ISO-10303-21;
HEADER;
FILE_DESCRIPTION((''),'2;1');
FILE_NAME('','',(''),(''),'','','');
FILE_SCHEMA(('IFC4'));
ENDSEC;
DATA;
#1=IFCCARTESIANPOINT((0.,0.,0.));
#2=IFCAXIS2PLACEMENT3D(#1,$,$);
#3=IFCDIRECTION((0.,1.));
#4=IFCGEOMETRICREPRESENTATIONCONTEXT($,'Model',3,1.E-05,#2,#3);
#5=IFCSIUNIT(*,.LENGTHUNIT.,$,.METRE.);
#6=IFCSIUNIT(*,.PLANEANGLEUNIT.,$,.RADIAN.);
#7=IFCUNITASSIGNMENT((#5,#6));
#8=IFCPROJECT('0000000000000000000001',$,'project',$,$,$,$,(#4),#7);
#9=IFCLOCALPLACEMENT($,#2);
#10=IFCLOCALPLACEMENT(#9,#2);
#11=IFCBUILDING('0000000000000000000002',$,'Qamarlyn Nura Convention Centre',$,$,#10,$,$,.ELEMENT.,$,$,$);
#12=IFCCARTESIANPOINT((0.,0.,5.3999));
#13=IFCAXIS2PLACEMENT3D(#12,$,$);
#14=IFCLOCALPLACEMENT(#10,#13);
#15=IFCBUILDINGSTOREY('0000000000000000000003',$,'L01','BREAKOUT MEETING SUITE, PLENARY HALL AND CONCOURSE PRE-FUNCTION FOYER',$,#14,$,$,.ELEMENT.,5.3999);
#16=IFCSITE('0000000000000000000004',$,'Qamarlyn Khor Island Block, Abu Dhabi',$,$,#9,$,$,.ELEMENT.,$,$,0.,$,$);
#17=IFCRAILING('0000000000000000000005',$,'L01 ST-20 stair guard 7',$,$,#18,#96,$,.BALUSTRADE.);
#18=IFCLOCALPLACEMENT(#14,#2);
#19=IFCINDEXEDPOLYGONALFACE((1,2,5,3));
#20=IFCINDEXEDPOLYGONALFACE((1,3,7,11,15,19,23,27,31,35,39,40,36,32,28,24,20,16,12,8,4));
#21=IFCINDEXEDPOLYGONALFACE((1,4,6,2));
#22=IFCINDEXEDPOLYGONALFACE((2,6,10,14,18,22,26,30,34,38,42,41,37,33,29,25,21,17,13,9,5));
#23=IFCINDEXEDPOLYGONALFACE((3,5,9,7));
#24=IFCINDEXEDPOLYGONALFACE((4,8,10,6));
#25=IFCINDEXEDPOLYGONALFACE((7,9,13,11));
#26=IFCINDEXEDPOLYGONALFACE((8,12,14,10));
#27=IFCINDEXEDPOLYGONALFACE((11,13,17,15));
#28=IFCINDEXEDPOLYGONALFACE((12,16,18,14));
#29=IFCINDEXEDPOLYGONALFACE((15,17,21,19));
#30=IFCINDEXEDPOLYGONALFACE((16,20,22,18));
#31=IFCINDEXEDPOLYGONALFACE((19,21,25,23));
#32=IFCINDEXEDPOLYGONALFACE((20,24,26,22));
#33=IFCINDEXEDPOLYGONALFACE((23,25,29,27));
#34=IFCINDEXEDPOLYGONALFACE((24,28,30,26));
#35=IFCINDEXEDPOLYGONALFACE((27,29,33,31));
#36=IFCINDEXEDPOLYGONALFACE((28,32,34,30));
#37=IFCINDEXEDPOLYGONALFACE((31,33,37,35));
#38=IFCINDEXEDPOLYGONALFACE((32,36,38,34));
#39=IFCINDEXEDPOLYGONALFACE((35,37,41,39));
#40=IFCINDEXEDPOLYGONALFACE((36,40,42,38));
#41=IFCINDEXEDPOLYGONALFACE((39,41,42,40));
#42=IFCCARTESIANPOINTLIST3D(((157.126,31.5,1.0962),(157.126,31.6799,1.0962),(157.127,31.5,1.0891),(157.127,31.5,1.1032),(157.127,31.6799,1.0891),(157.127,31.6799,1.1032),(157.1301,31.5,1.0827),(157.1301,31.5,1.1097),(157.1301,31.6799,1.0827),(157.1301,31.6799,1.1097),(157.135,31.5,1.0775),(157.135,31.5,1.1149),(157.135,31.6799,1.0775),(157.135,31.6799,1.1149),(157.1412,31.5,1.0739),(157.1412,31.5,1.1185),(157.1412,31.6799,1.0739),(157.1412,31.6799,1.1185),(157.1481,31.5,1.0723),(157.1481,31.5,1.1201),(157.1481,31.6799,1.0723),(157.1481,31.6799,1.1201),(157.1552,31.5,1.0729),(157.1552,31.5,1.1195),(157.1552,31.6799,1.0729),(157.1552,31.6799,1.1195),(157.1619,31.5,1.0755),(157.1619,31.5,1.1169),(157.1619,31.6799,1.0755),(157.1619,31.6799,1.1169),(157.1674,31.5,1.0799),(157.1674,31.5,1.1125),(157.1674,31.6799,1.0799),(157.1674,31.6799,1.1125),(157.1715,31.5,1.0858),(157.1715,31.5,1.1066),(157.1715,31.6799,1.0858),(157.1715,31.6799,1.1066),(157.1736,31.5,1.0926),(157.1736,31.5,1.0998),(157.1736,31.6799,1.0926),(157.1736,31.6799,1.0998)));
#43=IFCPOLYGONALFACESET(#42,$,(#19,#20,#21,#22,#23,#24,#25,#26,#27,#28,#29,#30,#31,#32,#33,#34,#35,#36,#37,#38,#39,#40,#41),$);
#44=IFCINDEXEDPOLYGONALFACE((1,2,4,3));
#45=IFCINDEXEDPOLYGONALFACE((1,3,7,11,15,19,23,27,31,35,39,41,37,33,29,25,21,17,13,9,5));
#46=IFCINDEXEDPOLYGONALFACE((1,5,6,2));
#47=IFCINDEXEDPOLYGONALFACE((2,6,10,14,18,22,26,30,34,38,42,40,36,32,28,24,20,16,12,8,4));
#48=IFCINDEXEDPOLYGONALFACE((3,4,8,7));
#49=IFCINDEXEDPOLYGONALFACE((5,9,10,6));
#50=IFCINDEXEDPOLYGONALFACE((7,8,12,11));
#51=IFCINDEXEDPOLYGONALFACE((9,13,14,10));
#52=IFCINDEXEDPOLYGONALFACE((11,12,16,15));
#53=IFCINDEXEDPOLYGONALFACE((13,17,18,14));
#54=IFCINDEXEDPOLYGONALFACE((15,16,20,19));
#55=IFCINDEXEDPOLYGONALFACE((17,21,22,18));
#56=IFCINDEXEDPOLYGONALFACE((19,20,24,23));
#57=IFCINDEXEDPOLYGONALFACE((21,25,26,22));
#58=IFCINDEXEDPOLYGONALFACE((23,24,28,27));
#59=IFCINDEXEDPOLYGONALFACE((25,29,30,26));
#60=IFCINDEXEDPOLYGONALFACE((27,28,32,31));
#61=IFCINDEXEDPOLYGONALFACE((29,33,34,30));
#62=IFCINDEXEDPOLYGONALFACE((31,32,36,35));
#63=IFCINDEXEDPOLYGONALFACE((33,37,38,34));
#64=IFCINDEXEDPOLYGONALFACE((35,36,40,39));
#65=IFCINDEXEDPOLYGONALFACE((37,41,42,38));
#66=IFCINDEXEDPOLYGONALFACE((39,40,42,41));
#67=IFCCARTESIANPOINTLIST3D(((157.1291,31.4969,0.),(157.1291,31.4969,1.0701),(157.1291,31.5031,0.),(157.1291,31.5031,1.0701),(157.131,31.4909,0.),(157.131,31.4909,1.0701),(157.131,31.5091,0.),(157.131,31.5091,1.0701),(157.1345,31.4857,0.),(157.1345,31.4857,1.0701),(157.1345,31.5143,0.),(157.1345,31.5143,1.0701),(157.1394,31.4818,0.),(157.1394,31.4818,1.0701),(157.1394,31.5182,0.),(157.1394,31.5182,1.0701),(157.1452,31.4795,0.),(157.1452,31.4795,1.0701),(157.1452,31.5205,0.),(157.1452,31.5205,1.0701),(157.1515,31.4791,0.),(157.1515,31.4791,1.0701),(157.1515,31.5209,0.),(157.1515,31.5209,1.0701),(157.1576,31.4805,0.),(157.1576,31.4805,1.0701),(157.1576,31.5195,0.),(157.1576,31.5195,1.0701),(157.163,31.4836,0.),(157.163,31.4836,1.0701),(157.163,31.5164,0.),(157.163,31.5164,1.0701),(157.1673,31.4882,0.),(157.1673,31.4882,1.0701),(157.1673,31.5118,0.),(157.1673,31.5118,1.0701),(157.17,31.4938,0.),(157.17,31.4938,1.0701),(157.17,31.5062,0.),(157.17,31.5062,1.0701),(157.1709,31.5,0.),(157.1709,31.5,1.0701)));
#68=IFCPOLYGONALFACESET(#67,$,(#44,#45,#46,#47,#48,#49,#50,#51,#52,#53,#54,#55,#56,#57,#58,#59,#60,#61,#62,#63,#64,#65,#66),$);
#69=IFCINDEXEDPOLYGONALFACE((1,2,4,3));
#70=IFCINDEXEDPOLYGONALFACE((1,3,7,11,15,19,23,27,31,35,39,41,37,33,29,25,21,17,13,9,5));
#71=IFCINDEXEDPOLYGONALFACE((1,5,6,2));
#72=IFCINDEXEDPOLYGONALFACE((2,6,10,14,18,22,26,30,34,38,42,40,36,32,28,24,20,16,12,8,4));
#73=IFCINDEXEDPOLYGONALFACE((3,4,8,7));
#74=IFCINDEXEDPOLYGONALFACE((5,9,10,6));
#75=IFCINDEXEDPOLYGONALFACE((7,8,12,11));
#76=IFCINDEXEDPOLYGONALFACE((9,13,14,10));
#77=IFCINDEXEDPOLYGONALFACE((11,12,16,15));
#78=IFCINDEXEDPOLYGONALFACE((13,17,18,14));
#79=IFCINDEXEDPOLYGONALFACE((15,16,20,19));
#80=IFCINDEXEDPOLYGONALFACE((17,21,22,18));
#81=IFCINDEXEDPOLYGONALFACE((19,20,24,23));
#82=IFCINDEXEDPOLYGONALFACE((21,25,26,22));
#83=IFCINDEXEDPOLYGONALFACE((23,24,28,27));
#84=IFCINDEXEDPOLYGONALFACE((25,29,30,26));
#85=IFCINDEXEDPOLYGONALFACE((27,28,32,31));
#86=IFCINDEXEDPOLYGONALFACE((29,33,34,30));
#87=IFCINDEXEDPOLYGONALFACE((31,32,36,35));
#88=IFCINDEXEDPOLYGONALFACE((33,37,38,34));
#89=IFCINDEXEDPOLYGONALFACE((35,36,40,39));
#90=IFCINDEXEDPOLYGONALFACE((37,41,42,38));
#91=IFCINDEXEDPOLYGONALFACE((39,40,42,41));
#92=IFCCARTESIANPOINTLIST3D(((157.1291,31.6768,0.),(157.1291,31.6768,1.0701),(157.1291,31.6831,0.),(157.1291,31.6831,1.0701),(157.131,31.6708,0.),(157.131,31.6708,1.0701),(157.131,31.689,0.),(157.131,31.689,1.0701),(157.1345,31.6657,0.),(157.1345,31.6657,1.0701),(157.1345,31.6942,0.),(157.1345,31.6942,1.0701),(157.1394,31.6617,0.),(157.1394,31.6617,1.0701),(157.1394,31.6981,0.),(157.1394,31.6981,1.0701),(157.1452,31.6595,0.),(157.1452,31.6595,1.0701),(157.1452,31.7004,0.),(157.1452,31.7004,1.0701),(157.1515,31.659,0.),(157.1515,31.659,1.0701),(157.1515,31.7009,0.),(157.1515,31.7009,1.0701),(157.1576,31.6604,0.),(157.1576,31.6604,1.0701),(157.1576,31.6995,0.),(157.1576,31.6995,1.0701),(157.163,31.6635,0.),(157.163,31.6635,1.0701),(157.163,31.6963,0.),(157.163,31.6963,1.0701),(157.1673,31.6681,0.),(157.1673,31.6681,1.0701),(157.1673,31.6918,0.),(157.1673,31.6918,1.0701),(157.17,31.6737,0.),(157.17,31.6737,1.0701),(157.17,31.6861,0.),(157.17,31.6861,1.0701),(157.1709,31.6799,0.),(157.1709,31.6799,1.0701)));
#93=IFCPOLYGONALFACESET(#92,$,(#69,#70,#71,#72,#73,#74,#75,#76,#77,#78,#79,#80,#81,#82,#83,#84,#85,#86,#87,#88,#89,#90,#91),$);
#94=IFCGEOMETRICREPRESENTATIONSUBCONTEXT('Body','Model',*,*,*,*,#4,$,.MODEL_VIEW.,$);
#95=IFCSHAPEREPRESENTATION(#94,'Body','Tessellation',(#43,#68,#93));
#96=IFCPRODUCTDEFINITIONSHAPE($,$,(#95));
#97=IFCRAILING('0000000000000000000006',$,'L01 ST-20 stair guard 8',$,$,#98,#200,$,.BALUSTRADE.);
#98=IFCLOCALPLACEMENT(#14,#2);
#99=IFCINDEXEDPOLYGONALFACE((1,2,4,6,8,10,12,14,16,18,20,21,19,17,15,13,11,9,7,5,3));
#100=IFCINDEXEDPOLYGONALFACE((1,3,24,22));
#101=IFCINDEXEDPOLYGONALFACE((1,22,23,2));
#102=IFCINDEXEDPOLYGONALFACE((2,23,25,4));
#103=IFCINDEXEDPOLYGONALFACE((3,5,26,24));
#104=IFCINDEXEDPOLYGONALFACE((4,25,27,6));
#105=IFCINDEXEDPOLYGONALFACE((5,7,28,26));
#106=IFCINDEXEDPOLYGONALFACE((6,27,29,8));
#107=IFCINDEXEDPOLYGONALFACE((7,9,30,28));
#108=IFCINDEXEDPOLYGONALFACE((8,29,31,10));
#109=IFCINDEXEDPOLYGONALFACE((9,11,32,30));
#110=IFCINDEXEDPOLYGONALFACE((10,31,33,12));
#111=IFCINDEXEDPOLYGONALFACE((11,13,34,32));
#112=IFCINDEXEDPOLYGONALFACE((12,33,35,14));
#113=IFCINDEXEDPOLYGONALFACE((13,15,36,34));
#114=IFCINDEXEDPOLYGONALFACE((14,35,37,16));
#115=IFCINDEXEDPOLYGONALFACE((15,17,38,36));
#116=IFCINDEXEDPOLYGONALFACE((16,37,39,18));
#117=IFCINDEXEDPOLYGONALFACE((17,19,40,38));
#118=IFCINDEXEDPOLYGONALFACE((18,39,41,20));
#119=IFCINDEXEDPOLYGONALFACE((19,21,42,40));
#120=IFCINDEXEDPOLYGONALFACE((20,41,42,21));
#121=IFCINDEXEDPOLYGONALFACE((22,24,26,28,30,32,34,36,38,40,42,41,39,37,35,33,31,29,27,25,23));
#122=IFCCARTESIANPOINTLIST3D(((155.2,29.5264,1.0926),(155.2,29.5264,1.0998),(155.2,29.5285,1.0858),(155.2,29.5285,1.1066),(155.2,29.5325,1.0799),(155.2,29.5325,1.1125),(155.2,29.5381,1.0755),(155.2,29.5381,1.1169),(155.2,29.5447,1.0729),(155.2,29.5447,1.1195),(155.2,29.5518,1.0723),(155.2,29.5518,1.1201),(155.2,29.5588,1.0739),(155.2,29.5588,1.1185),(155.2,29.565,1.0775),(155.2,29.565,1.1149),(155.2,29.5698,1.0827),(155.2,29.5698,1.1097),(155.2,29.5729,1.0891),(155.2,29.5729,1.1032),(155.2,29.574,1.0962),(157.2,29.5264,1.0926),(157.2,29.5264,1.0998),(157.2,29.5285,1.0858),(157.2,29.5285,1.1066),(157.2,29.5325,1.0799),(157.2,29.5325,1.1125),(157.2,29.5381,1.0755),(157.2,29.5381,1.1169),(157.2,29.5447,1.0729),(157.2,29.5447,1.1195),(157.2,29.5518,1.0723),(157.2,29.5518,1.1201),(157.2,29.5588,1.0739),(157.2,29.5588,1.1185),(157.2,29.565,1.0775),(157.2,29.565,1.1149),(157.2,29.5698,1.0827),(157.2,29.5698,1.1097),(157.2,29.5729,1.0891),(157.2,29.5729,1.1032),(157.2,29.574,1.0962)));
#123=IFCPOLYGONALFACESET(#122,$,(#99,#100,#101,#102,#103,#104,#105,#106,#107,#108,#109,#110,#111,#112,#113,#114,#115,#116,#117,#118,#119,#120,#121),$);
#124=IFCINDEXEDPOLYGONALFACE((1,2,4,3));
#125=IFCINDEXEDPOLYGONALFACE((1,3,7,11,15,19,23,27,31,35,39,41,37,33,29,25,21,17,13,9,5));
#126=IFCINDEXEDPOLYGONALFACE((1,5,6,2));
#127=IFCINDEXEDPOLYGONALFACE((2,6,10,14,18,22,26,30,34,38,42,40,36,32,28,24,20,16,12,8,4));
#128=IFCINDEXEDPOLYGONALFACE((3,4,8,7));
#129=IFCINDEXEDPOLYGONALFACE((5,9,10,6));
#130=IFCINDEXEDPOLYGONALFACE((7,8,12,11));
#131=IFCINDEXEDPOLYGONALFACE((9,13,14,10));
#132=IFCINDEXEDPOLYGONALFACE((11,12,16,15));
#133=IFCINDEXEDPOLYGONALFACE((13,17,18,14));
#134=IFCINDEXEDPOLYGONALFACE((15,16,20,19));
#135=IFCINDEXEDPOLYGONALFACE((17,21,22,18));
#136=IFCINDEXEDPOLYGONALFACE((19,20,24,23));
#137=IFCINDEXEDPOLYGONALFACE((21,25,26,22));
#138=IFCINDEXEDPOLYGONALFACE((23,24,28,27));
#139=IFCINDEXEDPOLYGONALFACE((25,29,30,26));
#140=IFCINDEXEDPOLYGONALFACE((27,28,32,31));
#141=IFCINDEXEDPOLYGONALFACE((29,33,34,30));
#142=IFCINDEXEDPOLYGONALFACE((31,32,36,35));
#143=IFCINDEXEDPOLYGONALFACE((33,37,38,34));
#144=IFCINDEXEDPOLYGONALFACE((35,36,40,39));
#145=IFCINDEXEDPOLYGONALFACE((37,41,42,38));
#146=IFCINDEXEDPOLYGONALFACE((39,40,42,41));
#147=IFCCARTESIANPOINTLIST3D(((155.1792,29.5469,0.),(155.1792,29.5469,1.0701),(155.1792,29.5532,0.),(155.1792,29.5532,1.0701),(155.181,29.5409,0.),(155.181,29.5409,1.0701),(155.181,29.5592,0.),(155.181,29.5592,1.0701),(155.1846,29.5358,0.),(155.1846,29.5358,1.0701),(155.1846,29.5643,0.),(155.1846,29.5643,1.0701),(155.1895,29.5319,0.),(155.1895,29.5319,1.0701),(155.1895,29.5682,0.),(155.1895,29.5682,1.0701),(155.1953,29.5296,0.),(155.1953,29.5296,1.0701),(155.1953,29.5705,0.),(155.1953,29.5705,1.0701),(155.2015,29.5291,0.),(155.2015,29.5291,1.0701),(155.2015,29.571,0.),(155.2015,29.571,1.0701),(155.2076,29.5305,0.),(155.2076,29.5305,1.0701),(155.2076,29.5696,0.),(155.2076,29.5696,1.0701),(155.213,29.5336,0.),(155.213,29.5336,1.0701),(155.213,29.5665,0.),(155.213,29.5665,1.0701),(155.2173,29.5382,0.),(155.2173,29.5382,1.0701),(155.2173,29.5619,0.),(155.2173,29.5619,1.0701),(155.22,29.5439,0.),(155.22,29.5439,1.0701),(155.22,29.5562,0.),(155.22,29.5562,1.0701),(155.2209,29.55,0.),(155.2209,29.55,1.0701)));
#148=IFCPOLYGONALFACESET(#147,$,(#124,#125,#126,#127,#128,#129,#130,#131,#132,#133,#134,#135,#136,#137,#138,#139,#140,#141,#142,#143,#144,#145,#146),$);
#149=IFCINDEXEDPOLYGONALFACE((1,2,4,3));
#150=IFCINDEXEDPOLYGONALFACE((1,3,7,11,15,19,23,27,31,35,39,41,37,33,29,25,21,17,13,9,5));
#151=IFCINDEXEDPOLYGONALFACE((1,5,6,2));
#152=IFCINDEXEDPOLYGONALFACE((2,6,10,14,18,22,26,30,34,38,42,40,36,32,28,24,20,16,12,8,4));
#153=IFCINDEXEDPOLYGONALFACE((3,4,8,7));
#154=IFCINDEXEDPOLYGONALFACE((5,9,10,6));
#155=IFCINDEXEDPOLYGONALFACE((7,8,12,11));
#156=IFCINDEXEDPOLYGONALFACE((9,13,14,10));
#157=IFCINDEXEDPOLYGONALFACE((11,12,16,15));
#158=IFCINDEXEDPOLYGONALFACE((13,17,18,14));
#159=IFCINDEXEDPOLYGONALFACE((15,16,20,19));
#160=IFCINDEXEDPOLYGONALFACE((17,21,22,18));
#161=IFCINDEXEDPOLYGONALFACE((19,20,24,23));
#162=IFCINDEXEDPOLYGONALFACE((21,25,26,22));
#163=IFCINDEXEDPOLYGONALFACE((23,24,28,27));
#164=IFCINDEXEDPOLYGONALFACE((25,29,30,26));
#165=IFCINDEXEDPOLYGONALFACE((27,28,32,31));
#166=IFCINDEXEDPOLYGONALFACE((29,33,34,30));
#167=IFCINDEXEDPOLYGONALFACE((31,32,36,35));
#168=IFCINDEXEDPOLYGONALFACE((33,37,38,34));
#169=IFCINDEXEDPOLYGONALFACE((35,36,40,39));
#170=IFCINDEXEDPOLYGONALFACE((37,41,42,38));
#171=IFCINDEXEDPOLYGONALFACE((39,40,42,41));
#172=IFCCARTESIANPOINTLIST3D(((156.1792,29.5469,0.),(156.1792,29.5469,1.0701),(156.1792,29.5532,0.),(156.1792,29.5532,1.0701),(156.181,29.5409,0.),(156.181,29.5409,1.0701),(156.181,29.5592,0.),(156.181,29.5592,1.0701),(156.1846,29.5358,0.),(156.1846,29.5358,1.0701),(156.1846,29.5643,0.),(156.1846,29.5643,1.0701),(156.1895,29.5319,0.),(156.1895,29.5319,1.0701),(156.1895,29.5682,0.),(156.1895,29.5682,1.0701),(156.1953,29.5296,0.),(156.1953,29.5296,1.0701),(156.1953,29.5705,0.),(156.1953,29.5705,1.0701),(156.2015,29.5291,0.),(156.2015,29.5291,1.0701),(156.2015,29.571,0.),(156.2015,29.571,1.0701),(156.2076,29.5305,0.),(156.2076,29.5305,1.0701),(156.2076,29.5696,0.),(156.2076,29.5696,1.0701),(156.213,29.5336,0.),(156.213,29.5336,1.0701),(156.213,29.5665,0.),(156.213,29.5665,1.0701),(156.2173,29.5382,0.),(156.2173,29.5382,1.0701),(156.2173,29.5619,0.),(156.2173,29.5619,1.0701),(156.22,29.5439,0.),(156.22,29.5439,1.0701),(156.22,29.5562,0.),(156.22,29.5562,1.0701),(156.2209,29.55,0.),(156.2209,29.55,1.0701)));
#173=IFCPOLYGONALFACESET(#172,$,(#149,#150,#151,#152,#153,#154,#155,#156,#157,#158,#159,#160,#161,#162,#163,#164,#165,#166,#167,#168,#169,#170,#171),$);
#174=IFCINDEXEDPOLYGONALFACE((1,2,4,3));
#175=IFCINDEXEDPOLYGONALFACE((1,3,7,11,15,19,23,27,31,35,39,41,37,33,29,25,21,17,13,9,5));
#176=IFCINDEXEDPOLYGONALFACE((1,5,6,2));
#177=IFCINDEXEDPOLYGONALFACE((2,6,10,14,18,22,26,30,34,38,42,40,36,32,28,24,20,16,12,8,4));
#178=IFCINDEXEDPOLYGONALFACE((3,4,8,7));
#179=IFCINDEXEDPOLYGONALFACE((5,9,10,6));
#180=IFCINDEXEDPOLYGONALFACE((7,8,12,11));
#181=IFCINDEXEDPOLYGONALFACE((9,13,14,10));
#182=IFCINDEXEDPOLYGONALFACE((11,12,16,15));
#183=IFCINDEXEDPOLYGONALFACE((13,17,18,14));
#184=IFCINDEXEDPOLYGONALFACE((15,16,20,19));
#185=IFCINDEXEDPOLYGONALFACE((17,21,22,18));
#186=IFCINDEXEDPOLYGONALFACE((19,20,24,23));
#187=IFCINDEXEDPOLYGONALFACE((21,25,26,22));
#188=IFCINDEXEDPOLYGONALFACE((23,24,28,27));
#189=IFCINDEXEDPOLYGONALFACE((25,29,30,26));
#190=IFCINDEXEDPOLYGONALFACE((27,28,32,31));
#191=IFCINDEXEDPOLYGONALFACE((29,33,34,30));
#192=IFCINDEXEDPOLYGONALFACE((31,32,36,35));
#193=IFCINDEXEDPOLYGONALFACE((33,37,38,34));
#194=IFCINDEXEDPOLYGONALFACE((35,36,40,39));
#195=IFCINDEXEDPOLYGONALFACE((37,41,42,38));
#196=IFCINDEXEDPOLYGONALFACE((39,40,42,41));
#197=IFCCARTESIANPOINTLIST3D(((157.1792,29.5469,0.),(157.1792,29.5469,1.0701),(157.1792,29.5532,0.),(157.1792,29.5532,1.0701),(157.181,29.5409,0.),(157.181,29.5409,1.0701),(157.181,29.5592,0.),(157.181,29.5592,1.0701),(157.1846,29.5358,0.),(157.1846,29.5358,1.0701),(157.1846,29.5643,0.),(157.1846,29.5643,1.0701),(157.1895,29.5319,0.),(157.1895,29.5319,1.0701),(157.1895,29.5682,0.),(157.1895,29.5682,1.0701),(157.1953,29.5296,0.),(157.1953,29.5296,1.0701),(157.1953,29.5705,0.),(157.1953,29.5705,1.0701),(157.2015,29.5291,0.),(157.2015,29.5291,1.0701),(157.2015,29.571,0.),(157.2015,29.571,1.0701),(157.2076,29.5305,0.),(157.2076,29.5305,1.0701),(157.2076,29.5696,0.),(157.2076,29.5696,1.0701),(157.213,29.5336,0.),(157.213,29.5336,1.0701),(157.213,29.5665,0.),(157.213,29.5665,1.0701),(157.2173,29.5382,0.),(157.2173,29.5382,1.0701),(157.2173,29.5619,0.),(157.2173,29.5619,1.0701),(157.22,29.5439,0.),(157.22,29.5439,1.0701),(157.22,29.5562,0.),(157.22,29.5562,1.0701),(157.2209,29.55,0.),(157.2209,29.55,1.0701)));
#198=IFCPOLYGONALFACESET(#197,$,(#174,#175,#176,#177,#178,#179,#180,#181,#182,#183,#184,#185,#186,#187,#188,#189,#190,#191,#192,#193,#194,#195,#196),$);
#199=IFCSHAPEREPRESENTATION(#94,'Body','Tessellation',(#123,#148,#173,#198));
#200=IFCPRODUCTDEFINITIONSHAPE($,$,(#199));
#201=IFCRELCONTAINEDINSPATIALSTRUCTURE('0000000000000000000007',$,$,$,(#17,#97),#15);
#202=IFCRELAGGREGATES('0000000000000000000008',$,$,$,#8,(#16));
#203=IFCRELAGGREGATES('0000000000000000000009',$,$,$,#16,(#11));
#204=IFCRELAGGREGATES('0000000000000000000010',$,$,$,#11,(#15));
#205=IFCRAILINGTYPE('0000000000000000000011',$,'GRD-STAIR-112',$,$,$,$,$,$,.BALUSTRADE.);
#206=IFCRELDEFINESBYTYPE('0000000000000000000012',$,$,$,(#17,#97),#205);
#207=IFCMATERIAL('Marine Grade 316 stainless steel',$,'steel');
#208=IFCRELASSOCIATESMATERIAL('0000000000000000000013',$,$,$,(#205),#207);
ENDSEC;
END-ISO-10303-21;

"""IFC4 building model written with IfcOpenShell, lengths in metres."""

from ifc_helpers import new_model, si_unit, direction, frame, origin, origin_2d, place, context, subcontext, project, spatial, circle, extrude, material, type_object, element, save


model = new_model("IFC4")

# Units and contexts
model_context = context("Model", 3, precision=1e-05, world=origin(), true_north=direction((0.0, 1.0)))
body_context = subcontext(model_context, "Body", "Model", "MODEL_VIEW")
ifc_project = project(units=[si_unit("LENGTHUNIT", "METRE"), si_unit("PLANEANGLEUNIT", "RADIAN")], contexts=[model_context])

# Site, building, storey
site_placement = place(None, origin())
site = spatial("IfcSite", under=ifc_project, at=site_placement, Name="Qamarlyn Khor Island Block, Abu Dhabi", CompositionType="ELEMENT", RefElevation=0.0)
building_placement = place(site_placement, origin())
building = spatial("IfcBuilding", under=site, at=building_placement, Name="Qamarlyn Nura Convention Centre", CompositionType="ELEMENT")
storey_placement = place(building_placement, frame((0.0, 0.0, 5.3999)))
storey = spatial("IfcBuildingStorey", under=building, at=storey_placement, Name="L01", Description="BREAKOUT MEETING SUITE, PLENARY HALL AND CONCOURSE PRE-FUNCTION FOYER", CompositionType="ELEMENT", Elevation=5.3999)

# Railings
ifc_material_1 = material(Name="Marine Grade 316 stainless steel", Category="steel")
railing_type_1 = type_object("IfcRailingType", Name="GRD-STAIR-112", PredefinedType="BALUSTRADE", material=ifc_material_1)
railing_1_placement = place(storey_placement, frame((157.1499, 31.5, 0.0)))
element("IfcRailing", 1, at=railing_1_placement, inside=storey, type_object=railing_type_1, Name="L01 ST-20 stair guard 7", PredefinedType="BALUSTRADE", context=body_context, shape_type="SweptSolid", body=[
    extrude(circle(Radius=0.0239, at=origin_2d()), frame((0.0, 0.0, 1.0962), z_axis=(0.0, 1.0, 0.0), x_axis=(-1.0, 0.0, 0.0)), (0.0, 0.0, 1.0), 0.1799),
    extrude(circle(Radius=0.021, at=origin_2d()), origin(), (0.0, 0.0, 1.0), 1.0701),
    extrude(circle(Radius=0.021, at=origin_2d()), frame((0.0, 0.1799, 0.0)), (0.0, 0.0, 1.0), 1.0701),
])
for number, where, name in (
    (2, (155.2, 29.55, 0.0), "L01 ST-20 stair guard 8"),
):
    element("IfcRailing", number, at=place(storey_placement, frame(where)), inside=storey, type_object=railing_type_1, Name=name, PredefinedType="BALUSTRADE", context=body_context, shape_type="SweptSolid", body=[
        extrude(circle(Radius=0.0239, at=origin_2d()), frame((0.0, 0.0, 1.0962), z_axis=(1.0, 0.0, 0.0), x_axis=(0.0, 1.0, 0.0)), (0.0, 0.0, 1.0), 2.0),
        extrude(circle(Radius=0.021, at=origin_2d()), origin(), (0.0, 0.0, 1.0), 1.0701),
        extrude(circle(Radius=0.021, at=origin_2d()), frame((1.0, 0.0, 0.0)), (0.0, 0.0, 1.0), 1.0701),
        extrude(circle(Radius=0.021, at=origin_2d()), frame((2.0, 0.0, 0.0)), (0.0, 0.0, 1.0), 1.0701),
    ])

save(model, "model.ifc")
